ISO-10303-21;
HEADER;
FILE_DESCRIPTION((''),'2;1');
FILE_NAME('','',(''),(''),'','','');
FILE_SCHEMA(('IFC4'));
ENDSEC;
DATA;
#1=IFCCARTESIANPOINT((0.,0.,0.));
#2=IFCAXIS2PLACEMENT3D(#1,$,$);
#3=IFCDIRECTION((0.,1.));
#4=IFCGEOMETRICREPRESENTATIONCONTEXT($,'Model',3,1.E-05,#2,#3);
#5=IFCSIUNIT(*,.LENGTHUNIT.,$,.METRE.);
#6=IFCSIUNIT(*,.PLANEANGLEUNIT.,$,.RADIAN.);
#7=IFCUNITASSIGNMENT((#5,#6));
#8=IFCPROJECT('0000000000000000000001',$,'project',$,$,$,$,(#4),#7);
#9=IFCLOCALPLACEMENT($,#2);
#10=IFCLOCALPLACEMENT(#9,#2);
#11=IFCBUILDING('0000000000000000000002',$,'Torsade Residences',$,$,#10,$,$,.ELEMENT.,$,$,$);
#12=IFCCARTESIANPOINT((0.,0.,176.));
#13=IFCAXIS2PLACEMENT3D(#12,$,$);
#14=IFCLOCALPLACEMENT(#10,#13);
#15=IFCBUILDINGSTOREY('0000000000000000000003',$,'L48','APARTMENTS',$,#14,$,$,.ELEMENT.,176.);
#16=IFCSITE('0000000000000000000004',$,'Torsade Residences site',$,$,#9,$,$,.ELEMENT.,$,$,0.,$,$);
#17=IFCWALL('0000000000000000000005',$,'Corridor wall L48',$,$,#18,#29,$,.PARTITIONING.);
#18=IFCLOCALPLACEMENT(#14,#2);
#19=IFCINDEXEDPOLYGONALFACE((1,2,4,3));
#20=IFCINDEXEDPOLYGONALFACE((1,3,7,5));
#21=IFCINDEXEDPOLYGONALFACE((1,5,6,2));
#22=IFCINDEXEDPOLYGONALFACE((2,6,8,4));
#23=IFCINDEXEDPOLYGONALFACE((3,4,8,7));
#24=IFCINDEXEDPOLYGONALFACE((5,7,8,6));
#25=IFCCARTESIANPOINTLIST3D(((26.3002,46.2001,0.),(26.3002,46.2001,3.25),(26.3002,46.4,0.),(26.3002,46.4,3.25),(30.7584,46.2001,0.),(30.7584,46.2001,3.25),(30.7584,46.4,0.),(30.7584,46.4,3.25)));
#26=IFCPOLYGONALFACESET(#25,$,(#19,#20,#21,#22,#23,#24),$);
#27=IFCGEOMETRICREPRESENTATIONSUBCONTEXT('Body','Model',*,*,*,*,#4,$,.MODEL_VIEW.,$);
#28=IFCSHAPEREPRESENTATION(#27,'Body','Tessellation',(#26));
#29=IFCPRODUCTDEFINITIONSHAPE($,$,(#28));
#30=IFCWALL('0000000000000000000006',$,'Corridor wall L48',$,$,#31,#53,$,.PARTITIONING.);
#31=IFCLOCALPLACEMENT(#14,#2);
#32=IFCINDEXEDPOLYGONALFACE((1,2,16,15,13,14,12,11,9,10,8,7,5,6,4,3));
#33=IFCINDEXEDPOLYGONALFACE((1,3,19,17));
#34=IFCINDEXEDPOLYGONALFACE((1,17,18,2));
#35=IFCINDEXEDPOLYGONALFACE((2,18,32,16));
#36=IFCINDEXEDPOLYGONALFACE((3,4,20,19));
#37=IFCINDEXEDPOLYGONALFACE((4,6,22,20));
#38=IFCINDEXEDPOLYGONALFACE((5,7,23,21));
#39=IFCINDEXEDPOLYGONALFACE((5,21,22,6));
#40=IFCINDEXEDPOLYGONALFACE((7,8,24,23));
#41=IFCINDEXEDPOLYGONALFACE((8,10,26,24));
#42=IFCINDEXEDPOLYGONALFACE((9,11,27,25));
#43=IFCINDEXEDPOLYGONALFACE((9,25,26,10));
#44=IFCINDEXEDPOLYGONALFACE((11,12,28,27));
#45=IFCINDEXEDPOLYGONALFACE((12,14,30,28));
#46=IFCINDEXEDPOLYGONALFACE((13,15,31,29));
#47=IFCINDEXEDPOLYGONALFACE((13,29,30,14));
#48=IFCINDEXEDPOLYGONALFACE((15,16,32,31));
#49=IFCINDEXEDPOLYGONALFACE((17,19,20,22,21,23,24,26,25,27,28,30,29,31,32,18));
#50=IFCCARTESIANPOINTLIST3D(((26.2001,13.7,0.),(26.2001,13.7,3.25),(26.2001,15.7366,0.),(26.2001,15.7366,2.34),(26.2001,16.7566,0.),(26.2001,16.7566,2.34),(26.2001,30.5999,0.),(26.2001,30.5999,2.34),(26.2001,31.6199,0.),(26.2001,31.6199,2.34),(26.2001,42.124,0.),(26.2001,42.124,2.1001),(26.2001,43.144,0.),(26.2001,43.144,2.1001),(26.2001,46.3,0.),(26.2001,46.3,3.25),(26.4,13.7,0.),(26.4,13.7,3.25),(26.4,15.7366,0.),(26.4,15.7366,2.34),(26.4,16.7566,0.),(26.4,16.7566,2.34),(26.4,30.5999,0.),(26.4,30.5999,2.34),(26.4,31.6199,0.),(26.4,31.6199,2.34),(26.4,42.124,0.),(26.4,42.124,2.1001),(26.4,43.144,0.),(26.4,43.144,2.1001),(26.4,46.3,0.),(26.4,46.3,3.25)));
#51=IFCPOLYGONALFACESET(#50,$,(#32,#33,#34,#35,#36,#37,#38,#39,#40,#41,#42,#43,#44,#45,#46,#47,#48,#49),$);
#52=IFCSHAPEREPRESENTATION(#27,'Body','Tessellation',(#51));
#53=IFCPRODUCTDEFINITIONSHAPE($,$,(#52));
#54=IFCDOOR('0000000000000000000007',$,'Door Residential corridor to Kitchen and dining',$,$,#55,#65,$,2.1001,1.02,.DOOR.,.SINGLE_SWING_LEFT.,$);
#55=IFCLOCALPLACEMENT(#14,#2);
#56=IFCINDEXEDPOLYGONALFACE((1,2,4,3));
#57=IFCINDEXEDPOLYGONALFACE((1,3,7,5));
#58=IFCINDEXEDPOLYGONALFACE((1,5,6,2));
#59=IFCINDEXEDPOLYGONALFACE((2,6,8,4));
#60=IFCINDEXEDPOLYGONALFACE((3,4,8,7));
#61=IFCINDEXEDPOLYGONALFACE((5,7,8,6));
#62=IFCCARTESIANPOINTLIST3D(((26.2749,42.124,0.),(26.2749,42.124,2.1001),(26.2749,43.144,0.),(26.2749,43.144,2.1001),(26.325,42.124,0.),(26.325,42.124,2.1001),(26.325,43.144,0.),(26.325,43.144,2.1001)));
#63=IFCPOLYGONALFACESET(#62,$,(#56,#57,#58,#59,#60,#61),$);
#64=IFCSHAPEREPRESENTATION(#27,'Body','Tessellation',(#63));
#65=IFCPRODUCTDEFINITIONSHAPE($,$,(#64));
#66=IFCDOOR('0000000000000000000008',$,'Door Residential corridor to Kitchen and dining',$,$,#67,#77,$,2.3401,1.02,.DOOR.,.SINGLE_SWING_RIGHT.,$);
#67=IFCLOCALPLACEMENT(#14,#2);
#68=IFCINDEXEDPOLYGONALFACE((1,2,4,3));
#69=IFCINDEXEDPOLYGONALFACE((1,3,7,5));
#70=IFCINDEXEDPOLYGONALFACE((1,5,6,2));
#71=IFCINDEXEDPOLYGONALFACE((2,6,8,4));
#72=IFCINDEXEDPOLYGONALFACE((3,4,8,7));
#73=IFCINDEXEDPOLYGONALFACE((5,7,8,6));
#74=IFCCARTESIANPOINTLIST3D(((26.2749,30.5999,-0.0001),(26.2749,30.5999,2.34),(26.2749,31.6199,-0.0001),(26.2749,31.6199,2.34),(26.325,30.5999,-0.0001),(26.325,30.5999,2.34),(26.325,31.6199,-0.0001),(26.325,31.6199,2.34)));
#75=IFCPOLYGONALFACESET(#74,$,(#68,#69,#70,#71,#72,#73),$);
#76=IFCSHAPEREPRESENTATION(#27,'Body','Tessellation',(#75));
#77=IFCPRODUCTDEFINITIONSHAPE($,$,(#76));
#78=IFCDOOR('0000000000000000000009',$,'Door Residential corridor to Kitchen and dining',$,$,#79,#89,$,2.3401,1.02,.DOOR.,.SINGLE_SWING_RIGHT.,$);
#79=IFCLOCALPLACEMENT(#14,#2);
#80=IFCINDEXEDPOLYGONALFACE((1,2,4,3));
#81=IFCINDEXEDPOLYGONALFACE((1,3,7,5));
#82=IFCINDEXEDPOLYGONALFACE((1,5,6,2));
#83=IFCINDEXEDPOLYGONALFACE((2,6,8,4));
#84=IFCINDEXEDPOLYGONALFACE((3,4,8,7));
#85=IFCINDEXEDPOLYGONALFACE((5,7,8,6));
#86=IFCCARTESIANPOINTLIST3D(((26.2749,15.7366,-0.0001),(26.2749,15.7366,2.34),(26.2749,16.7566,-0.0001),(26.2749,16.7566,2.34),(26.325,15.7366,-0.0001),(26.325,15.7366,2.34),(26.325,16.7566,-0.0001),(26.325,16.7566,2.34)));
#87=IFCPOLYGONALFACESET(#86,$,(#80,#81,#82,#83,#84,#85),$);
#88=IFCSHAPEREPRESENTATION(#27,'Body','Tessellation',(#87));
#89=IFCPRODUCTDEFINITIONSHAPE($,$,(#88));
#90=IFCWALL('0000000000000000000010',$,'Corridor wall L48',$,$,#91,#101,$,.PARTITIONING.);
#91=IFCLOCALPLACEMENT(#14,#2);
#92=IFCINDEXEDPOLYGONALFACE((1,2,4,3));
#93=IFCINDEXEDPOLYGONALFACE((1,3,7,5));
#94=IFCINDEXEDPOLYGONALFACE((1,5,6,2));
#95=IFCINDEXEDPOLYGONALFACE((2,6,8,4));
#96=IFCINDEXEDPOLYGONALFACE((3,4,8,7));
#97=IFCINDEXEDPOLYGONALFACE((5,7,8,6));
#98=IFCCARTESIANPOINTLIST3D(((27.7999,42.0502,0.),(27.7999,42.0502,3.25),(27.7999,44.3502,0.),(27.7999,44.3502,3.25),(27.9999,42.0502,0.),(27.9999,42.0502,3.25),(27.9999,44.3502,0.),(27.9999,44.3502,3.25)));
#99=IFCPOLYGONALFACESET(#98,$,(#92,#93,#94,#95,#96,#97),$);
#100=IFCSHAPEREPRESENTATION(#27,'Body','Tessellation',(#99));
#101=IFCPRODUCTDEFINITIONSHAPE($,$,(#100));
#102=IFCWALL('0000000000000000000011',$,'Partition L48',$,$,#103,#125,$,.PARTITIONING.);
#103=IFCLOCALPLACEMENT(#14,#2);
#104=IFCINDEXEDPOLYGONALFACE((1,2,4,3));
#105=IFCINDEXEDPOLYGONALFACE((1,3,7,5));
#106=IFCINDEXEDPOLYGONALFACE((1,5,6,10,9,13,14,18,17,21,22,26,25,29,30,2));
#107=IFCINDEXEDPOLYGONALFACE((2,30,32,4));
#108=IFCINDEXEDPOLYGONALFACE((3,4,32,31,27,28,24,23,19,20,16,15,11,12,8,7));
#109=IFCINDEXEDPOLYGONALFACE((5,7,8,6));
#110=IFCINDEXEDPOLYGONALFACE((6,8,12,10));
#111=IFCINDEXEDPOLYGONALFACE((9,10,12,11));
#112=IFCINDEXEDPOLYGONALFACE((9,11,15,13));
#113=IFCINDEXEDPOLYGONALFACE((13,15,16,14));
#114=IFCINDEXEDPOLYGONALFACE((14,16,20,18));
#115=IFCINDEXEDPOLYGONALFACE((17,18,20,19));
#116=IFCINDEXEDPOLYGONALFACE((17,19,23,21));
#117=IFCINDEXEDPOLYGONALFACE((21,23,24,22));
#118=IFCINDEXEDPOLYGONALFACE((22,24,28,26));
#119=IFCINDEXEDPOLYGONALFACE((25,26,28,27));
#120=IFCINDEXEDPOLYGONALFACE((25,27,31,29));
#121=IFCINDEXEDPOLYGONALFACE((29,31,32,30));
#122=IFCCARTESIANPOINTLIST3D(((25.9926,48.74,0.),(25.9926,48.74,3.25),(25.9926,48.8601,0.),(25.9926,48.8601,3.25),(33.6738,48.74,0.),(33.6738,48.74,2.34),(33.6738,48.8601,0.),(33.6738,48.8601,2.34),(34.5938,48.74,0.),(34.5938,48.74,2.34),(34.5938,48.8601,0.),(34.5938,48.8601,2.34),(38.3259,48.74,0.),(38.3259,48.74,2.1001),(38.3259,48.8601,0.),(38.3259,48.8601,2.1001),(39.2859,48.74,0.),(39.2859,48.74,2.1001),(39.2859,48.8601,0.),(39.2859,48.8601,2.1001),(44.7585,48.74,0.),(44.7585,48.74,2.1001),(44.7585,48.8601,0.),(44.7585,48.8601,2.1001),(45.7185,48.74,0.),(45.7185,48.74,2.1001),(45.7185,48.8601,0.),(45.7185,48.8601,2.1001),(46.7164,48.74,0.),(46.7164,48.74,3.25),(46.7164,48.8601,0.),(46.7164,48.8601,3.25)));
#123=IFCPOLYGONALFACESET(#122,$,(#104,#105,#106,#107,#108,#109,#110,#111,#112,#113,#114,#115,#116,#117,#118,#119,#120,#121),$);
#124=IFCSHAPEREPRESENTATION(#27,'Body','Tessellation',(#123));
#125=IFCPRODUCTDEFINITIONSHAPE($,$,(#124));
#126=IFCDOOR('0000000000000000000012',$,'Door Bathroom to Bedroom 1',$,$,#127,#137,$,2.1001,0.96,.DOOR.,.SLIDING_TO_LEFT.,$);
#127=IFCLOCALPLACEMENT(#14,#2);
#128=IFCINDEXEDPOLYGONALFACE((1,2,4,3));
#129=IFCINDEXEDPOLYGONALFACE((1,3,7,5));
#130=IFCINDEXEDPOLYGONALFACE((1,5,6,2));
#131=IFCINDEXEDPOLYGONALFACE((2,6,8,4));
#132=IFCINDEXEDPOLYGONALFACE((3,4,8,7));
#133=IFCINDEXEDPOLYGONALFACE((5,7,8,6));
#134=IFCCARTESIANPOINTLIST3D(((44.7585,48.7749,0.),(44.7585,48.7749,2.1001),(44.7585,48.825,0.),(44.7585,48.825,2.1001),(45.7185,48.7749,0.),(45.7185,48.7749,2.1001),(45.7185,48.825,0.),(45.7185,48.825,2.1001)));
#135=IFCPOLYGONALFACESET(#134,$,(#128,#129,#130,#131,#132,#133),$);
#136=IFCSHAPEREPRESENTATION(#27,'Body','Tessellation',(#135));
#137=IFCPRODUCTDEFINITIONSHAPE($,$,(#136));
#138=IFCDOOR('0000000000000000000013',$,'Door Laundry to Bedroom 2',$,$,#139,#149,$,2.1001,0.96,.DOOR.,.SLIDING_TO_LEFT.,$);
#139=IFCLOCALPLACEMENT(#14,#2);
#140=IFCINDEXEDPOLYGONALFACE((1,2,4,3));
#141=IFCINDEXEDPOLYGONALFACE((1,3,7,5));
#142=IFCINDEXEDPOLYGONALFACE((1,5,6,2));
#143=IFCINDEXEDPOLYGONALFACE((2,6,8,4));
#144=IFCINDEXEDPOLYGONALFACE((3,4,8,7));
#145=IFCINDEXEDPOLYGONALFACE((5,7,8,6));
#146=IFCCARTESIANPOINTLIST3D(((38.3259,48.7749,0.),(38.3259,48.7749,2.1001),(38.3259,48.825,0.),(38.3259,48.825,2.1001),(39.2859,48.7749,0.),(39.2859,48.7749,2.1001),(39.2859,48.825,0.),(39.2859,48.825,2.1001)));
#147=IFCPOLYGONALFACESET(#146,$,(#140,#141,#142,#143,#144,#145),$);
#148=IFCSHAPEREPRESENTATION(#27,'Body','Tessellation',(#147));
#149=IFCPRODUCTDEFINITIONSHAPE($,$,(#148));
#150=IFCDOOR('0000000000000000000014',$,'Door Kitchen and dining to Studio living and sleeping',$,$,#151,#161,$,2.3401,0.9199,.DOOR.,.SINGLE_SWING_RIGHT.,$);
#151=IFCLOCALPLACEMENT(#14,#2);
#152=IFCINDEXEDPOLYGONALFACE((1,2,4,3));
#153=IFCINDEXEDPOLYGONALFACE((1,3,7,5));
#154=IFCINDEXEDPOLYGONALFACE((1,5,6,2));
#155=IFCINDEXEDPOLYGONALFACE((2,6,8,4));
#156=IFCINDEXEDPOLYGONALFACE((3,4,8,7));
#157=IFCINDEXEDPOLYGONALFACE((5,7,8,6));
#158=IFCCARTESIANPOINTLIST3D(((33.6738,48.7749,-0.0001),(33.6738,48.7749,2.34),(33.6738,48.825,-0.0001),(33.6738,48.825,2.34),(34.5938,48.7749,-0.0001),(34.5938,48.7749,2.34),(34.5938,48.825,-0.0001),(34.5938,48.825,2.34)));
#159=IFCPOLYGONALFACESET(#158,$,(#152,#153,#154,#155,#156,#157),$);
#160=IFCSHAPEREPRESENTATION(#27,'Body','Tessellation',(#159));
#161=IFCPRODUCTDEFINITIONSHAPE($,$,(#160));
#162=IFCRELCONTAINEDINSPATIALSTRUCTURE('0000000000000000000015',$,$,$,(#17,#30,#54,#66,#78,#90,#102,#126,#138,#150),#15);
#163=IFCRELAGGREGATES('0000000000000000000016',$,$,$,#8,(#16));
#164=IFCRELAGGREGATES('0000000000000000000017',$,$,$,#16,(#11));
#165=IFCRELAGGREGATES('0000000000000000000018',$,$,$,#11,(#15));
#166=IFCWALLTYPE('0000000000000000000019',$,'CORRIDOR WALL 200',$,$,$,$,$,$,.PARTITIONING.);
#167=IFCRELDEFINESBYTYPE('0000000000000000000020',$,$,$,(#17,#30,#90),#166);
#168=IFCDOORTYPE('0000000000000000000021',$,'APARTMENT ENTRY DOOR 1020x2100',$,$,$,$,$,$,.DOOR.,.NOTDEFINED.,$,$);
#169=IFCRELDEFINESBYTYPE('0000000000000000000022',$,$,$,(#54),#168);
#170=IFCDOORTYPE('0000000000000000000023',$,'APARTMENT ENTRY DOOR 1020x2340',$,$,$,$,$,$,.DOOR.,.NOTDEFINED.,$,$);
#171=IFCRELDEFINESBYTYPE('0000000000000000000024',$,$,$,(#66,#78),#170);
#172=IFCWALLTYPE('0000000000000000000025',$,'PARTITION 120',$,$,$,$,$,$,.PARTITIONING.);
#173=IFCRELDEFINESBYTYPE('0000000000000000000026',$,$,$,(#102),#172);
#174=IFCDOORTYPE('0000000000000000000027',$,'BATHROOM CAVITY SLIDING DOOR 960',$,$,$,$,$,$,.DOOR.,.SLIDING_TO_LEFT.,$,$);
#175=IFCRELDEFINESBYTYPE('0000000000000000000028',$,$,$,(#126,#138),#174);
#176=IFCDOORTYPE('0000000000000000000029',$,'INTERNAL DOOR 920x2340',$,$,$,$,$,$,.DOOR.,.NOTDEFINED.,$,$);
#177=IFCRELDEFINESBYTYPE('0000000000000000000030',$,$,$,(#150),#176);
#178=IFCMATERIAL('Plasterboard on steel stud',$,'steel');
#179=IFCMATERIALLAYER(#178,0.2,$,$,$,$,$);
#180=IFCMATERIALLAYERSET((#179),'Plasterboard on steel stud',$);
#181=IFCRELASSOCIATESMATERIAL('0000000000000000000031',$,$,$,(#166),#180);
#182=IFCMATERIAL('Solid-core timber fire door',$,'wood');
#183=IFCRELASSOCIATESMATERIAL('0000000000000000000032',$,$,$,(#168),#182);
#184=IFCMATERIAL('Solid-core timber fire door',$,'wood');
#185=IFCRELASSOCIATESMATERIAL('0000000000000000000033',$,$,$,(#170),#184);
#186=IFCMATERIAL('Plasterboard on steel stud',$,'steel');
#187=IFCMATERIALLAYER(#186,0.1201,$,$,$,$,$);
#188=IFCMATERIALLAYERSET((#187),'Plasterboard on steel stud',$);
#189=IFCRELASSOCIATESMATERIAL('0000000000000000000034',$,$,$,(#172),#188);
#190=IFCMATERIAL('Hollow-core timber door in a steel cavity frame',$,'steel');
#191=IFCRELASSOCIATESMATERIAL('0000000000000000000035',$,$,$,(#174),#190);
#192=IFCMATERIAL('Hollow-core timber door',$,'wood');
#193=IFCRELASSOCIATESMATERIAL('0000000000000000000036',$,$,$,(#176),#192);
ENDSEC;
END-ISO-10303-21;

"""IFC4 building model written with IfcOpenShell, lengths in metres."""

from ifc_helpers import new_model, si_unit, direction, frame, frame_2d, origin, place, context, subcontext, project, spatial, rectangle, extrude, material, layer, layer_set, type_object, element, fill, save


model = new_model("IFC4")

# Units and contexts
model_context = context("Model", 3, precision=1e-05, world=origin(), true_north=direction((0.0, 1.0)))
body_context = subcontext(model_context, "Body", "Model", "MODEL_VIEW")
ifc_project = project(units=[si_unit("LENGTHUNIT", "METRE"), si_unit("PLANEANGLEUNIT", "RADIAN")], contexts=[model_context])

# Site, building, storey
site_placement = place(None, origin())
site = spatial("IfcSite", under=ifc_project, at=site_placement, Name="Torsade Residences site", CompositionType="ELEMENT", RefElevation=0.0)
building_placement = place(site_placement, origin())
building = spatial("IfcBuilding", under=site, at=building_placement, Name="Torsade Residences", CompositionType="ELEMENT")
storey_placement = place(building_placement, frame((0.0, 0.0, 176.0)))
storey = spatial("IfcBuildingStorey", under=building, at=storey_placement, Name="L48", Description="APARTMENTS", CompositionType="ELEMENT", Elevation=176.0)

# Wall
ifc_material_1 = material(Name="Plasterboard on steel stud", Category="steel")
ifc_layer_1 = layer(ifc_material_1, 0.2)
ifc_layer_set_1 = layer_set([ifc_layer_1], Name="Plasterboard on steel stud")
wall_type_1 = type_object("IfcWallType", Name="CORRIDOR WALL 200", PredefinedType="PARTITIONING", material=ifc_layer_set_1)
wall_1_placement = place(storey_placement, frame((30.7583, 46.3, 0.0), z_axis=(0.0, 0.0, 1.0), x_axis=(-1.0, 0.0, 0.0)))
element("IfcWall", 1, at=wall_1_placement, inside=storey, type_object=wall_type_1, Name="Corridor wall L48", PredefinedType="PARTITIONING", context=body_context, shape_type="SweptSolid", body=[
    extrude(rectangle(XDim=4.4583, YDim=0.2, at=frame_2d((2.229, 0.0))), origin(), (0.0, 0.0, 1.0), 3.25),
])

# Wall, openings, doors
wall_2_placement = place(storey_placement, frame((26.3, 46.3, 0.0), z_axis=(0.0, 0.0, 1.0), x_axis=(0.0, -1.0, 0.0)))
wall_2 = element("IfcWall", 2, at=wall_2_placement, inside=storey, type_object=wall_type_1, Name="Corridor wall L48", PredefinedType="PARTITIONING", context=body_context, shape_type="SweptSolid", body=[
    extrude(rectangle(XDim=32.6001, YDim=0.2, at=frame_2d((16.3, 0.0))), origin(), (0.0, 0.0, 1.0), 3.25),
])
opening_1_placement = place(wall_2_placement, frame((3.156, 0.0, 0.0)))
opening_1 = element("IfcOpeningElement", 3, at=opening_1_placement, cuts=wall_2, PredefinedType="OPENING", context=body_context, shape_type="SweptSolid", body=[
    extrude(rectangle(XDim=1.02, YDim=2.1001, at=frame_2d((0.51, 1.05))), frame((0.0, 0.1099, 0.0), z_axis=(0.0, -1.0, 0.0), x_axis=(1.0, 0.0, 0.0)), (0.0, 0.0, 1.0), 0.22),
])
opening_2_placement = place(wall_2_placement, frame((14.6802, 0.0, 0.0)))
opening_2 = element("IfcOpeningElement", 4, at=opening_2_placement, cuts=wall_2, PredefinedType="OPENING", context=body_context, shape_type="SweptSolid", body=[
    extrude(rectangle(XDim=1.02, YDim=2.3401, at=frame_2d((0.51, 1.1699))), frame((0.0, 0.1099, 0.0), z_axis=(0.0, -1.0, 0.0), x_axis=(1.0, 0.0, 0.0)), (0.0, 0.0, 1.0), 0.22),
])
opening_3_placement = place(wall_2_placement, frame((29.5435, 0.0, 0.0)))
opening_3 = element("IfcOpeningElement", 5, at=opening_3_placement, cuts=wall_2, PredefinedType="OPENING", context=body_context, shape_type="SweptSolid", body=[
    extrude(rectangle(XDim=1.02, YDim=2.3401, at=frame_2d((0.51, 1.1699))), frame((0.0, 0.1099, 0.0), z_axis=(0.0, -1.0, 0.0), x_axis=(1.0, 0.0, 0.0)), (0.0, 0.0, 1.0), 0.22),
])
ifc_material_2 = material(Name="Solid-core timber fire door", Category="wood")
door_type_1 = type_object("IfcDoorType", Name="APARTMENT ENTRY DOOR 1020x2100", OperationType="NOTDEFINED", PredefinedType="DOOR", material=ifc_material_2)
door_1_placement = place(opening_1_placement, origin())
door_1 = element("IfcDoor", 6, at=door_1_placement, inside=storey, type_object=door_type_1, Name="Door Residential corridor to Kitchen and dining", OperationType="SINGLE_SWING_LEFT", OverallHeight=2.1001, OverallWidth=1.02, PredefinedType="DOOR", context=body_context, shape_type="SweptSolid", body=[
    extrude(rectangle(XDim=1.02, YDim=2.1001, at=frame_2d((0.51, 1.05))), frame((0.0, 0.0249, 0.0), z_axis=(0.0, -1.0, 0.0), x_axis=(1.0, 0.0, 0.0)), (0.0, 0.0, 1.0), 0.05),
])
fill(opening_1, door_1)
ifc_material_3 = material(Name="Solid-core timber fire door", Category="wood")
door_type_2 = type_object("IfcDoorType", Name="APARTMENT ENTRY DOOR 1020x2340", OperationType="NOTDEFINED", PredefinedType="DOOR", material=ifc_material_3)
door_2_placement = place(opening_2_placement, origin())
door_2 = element("IfcDoor", 7, at=door_2_placement, inside=storey, type_object=door_type_2, Name="Door Residential corridor to Kitchen and dining", OperationType="SINGLE_SWING_RIGHT", OverallHeight=2.3401, OverallWidth=1.02, PredefinedType="DOOR", context=body_context, shape_type="SweptSolid", body=[
    extrude(rectangle(XDim=1.02, YDim=2.3401, at=frame_2d((0.51, 1.1699))), frame((0.0, 0.0249, 0.0), z_axis=(0.0, -1.0, 0.0), x_axis=(1.0, 0.0, 0.0)), (0.0, 0.0, 1.0), 0.05),
])
fill(opening_2, door_2)
door_3_placement = place(opening_3_placement, origin())
door_3 = element("IfcDoor", 8, at=door_3_placement, inside=storey, type_object=door_type_2, Name="Door Residential corridor to Kitchen and dining", OperationType="SINGLE_SWING_RIGHT", OverallHeight=2.3401, OverallWidth=1.02, PredefinedType="DOOR", context=body_context, shape_type="SweptSolid", body=[
    extrude(rectangle(XDim=1.02, YDim=2.3401, at=frame_2d((0.51, 1.1699))), frame((0.0, 0.0249, 0.0), z_axis=(0.0, -1.0, 0.0), x_axis=(1.0, 0.0, 0.0)), (0.0, 0.0, 1.0), 0.05),
])
fill(opening_3, door_3)

# Wall
wall_3_placement = place(storey_placement, frame((27.8999, 44.3501, 0.0), z_axis=(0.0, 0.0, 1.0), x_axis=(0.0, -1.0, 0.0)))
element("IfcWall", 9, at=wall_3_placement, inside=storey, type_object=wall_type_1, Name="Corridor wall L48", PredefinedType="PARTITIONING", context=body_context, shape_type="SweptSolid", body=[
    extrude(rectangle(XDim=2.3, YDim=0.2, at=frame_2d((1.1499, 0.0))), origin(), (0.0, 0.0, 1.0), 3.25),
])

# Wall, openings, doors
ifc_material_4 = material(Name="Plasterboard on steel stud", Category="steel")
ifc_layer_2 = layer(ifc_material_4, 0.1201)
ifc_layer_set_2 = layer_set([ifc_layer_2], Name="Plasterboard on steel stud")
wall_type_2 = type_object("IfcWallType", Name="PARTITION 120", PredefinedType="PARTITIONING", material=ifc_layer_set_2)
wall_4_placement = place(storey_placement, frame((25.9927, 48.8, 0.0), z_axis=(0.0, 0.0, 1.0), x_axis=(1.0, 0.0, 0.0)))
wall_4 = element("IfcWall", 10, at=wall_4_placement, inside=storey, type_object=wall_type_2, Name="Partition L48", PredefinedType="PARTITIONING", context=body_context, shape_type="SweptSolid", body=[
    extrude(rectangle(XDim=20.7239, YDim=0.1201, at=frame_2d((10.3618, 0.0))), origin(), (0.0, 0.0, 1.0), 3.25),
])
opening_4_placement = place(wall_4_placement, frame((7.6812, 0.0, 0.0)))
opening_4 = element("IfcOpeningElement", 11, at=opening_4_placement, cuts=wall_4, PredefinedType="OPENING", context=body_context, shape_type="SweptSolid", body=[
    extrude(rectangle(XDim=0.9199, YDim=2.3401, at=frame_2d((0.46, 1.1699))), frame((0.0, 0.0701, 0.0), z_axis=(0.0, -1.0, 0.0), x_axis=(1.0, 0.0, 0.0)), (0.0, 0.0, 1.0), 0.1401),
])
opening_5_placement = place(wall_4_placement, frame((18.7659, 0.0, 0.0)))
opening_5 = element("IfcOpeningElement", 12, at=opening_5_placement, cuts=wall_4, PredefinedType="OPENING", context=body_context, shape_type="SweptSolid", body=[
    extrude(rectangle(XDim=0.96, YDim=2.1001, at=frame_2d((0.48, 1.05))), frame((0.0, 0.0701, 0.0), z_axis=(0.0, -1.0, 0.0), x_axis=(1.0, 0.0, 0.0)), (0.0, 0.0, 1.0), 0.1401),
])
opening_6_placement = place(wall_4_placement, frame((12.3333, 0.0, 0.0)))
opening_6 = element("IfcOpeningElement", 13, at=opening_6_placement, cuts=wall_4, PredefinedType="OPENING", context=body_context, shape_type="SweptSolid", body=[
    extrude(rectangle(XDim=0.96, YDim=2.1001, at=frame_2d((0.48, 1.05))), frame((0.0, 0.0701, 0.0), z_axis=(0.0, -1.0, 0.0), x_axis=(1.0, 0.0, 0.0)), (0.0, 0.0, 1.0), 0.1401),
])
ifc_material_5 = material(Name="Hollow-core timber door in a steel cavity frame", Category="steel")
door_type_3 = type_object("IfcDoorType", Name="BATHROOM CAVITY SLIDING DOOR 960", OperationType="SLIDING_TO_LEFT", PredefinedType="DOOR", material=ifc_material_5)
door_4_placement = place(opening_5_placement, origin())
door_4 = element("IfcDoor", 14, at=door_4_placement, inside=storey, type_object=door_type_3, Name="Door Bathroom to Bedroom 1", OperationType="SLIDING_TO_LEFT", OverallHeight=2.1001, OverallWidth=0.96, PredefinedType="DOOR", context=body_context, shape_type="SweptSolid", body=[
    extrude(rectangle(XDim=0.96, YDim=2.1001, at=frame_2d((0.48, 1.05))), frame((0.0, 0.0249, 0.0), z_axis=(0.0, -1.0, 0.0), x_axis=(1.0, 0.0, 0.0)), (0.0, 0.0, 1.0), 0.05),
])
fill(opening_5, door_4)
door_5_placement = place(opening_6_placement, origin())
door_5 = element("IfcDoor", 15, at=door_5_placement, inside=storey, type_object=door_type_3, Name="Door Laundry to Bedroom 2", OperationType="SLIDING_TO_LEFT", OverallHeight=2.1001, OverallWidth=0.96, PredefinedType="DOOR", context=body_context, shape_type="SweptSolid", body=[
    extrude(rectangle(XDim=0.96, YDim=2.1001, at=frame_2d((0.48, 1.05))), frame((0.0, 0.0249, 0.0), z_axis=(0.0, -1.0, 0.0), x_axis=(1.0, 0.0, 0.0)), (0.0, 0.0, 1.0), 0.05),
])
fill(opening_6, door_5)
ifc_material_6 = material(Name="Hollow-core timber door", Category="wood")
door_type_4 = type_object("IfcDoorType", Name="INTERNAL DOOR 920x2340", OperationType="NOTDEFINED", PredefinedType="DOOR", material=ifc_material_6)
door_6_placement = place(opening_4_placement, origin())
door_6 = element("IfcDoor", 16, at=door_6_placement, inside=storey, type_object=door_type_4, Name="Door Kitchen and dining to Studio living and sleeping", OperationType="SINGLE_SWING_RIGHT", OverallHeight=2.3401, OverallWidth=0.9199, PredefinedType="DOOR", context=body_context, shape_type="SweptSolid", body=[
    extrude(rectangle(XDim=0.9199, YDim=2.3401, at=frame_2d((0.46, 1.1699))), frame((0.0, 0.0249, 0.0), z_axis=(0.0, -1.0, 0.0), x_axis=(1.0, 0.0, 0.0)), (0.0, 0.0, 1.0), 0.05),
])
fill(opening_4, door_6)

save(model, "model.ifc")
